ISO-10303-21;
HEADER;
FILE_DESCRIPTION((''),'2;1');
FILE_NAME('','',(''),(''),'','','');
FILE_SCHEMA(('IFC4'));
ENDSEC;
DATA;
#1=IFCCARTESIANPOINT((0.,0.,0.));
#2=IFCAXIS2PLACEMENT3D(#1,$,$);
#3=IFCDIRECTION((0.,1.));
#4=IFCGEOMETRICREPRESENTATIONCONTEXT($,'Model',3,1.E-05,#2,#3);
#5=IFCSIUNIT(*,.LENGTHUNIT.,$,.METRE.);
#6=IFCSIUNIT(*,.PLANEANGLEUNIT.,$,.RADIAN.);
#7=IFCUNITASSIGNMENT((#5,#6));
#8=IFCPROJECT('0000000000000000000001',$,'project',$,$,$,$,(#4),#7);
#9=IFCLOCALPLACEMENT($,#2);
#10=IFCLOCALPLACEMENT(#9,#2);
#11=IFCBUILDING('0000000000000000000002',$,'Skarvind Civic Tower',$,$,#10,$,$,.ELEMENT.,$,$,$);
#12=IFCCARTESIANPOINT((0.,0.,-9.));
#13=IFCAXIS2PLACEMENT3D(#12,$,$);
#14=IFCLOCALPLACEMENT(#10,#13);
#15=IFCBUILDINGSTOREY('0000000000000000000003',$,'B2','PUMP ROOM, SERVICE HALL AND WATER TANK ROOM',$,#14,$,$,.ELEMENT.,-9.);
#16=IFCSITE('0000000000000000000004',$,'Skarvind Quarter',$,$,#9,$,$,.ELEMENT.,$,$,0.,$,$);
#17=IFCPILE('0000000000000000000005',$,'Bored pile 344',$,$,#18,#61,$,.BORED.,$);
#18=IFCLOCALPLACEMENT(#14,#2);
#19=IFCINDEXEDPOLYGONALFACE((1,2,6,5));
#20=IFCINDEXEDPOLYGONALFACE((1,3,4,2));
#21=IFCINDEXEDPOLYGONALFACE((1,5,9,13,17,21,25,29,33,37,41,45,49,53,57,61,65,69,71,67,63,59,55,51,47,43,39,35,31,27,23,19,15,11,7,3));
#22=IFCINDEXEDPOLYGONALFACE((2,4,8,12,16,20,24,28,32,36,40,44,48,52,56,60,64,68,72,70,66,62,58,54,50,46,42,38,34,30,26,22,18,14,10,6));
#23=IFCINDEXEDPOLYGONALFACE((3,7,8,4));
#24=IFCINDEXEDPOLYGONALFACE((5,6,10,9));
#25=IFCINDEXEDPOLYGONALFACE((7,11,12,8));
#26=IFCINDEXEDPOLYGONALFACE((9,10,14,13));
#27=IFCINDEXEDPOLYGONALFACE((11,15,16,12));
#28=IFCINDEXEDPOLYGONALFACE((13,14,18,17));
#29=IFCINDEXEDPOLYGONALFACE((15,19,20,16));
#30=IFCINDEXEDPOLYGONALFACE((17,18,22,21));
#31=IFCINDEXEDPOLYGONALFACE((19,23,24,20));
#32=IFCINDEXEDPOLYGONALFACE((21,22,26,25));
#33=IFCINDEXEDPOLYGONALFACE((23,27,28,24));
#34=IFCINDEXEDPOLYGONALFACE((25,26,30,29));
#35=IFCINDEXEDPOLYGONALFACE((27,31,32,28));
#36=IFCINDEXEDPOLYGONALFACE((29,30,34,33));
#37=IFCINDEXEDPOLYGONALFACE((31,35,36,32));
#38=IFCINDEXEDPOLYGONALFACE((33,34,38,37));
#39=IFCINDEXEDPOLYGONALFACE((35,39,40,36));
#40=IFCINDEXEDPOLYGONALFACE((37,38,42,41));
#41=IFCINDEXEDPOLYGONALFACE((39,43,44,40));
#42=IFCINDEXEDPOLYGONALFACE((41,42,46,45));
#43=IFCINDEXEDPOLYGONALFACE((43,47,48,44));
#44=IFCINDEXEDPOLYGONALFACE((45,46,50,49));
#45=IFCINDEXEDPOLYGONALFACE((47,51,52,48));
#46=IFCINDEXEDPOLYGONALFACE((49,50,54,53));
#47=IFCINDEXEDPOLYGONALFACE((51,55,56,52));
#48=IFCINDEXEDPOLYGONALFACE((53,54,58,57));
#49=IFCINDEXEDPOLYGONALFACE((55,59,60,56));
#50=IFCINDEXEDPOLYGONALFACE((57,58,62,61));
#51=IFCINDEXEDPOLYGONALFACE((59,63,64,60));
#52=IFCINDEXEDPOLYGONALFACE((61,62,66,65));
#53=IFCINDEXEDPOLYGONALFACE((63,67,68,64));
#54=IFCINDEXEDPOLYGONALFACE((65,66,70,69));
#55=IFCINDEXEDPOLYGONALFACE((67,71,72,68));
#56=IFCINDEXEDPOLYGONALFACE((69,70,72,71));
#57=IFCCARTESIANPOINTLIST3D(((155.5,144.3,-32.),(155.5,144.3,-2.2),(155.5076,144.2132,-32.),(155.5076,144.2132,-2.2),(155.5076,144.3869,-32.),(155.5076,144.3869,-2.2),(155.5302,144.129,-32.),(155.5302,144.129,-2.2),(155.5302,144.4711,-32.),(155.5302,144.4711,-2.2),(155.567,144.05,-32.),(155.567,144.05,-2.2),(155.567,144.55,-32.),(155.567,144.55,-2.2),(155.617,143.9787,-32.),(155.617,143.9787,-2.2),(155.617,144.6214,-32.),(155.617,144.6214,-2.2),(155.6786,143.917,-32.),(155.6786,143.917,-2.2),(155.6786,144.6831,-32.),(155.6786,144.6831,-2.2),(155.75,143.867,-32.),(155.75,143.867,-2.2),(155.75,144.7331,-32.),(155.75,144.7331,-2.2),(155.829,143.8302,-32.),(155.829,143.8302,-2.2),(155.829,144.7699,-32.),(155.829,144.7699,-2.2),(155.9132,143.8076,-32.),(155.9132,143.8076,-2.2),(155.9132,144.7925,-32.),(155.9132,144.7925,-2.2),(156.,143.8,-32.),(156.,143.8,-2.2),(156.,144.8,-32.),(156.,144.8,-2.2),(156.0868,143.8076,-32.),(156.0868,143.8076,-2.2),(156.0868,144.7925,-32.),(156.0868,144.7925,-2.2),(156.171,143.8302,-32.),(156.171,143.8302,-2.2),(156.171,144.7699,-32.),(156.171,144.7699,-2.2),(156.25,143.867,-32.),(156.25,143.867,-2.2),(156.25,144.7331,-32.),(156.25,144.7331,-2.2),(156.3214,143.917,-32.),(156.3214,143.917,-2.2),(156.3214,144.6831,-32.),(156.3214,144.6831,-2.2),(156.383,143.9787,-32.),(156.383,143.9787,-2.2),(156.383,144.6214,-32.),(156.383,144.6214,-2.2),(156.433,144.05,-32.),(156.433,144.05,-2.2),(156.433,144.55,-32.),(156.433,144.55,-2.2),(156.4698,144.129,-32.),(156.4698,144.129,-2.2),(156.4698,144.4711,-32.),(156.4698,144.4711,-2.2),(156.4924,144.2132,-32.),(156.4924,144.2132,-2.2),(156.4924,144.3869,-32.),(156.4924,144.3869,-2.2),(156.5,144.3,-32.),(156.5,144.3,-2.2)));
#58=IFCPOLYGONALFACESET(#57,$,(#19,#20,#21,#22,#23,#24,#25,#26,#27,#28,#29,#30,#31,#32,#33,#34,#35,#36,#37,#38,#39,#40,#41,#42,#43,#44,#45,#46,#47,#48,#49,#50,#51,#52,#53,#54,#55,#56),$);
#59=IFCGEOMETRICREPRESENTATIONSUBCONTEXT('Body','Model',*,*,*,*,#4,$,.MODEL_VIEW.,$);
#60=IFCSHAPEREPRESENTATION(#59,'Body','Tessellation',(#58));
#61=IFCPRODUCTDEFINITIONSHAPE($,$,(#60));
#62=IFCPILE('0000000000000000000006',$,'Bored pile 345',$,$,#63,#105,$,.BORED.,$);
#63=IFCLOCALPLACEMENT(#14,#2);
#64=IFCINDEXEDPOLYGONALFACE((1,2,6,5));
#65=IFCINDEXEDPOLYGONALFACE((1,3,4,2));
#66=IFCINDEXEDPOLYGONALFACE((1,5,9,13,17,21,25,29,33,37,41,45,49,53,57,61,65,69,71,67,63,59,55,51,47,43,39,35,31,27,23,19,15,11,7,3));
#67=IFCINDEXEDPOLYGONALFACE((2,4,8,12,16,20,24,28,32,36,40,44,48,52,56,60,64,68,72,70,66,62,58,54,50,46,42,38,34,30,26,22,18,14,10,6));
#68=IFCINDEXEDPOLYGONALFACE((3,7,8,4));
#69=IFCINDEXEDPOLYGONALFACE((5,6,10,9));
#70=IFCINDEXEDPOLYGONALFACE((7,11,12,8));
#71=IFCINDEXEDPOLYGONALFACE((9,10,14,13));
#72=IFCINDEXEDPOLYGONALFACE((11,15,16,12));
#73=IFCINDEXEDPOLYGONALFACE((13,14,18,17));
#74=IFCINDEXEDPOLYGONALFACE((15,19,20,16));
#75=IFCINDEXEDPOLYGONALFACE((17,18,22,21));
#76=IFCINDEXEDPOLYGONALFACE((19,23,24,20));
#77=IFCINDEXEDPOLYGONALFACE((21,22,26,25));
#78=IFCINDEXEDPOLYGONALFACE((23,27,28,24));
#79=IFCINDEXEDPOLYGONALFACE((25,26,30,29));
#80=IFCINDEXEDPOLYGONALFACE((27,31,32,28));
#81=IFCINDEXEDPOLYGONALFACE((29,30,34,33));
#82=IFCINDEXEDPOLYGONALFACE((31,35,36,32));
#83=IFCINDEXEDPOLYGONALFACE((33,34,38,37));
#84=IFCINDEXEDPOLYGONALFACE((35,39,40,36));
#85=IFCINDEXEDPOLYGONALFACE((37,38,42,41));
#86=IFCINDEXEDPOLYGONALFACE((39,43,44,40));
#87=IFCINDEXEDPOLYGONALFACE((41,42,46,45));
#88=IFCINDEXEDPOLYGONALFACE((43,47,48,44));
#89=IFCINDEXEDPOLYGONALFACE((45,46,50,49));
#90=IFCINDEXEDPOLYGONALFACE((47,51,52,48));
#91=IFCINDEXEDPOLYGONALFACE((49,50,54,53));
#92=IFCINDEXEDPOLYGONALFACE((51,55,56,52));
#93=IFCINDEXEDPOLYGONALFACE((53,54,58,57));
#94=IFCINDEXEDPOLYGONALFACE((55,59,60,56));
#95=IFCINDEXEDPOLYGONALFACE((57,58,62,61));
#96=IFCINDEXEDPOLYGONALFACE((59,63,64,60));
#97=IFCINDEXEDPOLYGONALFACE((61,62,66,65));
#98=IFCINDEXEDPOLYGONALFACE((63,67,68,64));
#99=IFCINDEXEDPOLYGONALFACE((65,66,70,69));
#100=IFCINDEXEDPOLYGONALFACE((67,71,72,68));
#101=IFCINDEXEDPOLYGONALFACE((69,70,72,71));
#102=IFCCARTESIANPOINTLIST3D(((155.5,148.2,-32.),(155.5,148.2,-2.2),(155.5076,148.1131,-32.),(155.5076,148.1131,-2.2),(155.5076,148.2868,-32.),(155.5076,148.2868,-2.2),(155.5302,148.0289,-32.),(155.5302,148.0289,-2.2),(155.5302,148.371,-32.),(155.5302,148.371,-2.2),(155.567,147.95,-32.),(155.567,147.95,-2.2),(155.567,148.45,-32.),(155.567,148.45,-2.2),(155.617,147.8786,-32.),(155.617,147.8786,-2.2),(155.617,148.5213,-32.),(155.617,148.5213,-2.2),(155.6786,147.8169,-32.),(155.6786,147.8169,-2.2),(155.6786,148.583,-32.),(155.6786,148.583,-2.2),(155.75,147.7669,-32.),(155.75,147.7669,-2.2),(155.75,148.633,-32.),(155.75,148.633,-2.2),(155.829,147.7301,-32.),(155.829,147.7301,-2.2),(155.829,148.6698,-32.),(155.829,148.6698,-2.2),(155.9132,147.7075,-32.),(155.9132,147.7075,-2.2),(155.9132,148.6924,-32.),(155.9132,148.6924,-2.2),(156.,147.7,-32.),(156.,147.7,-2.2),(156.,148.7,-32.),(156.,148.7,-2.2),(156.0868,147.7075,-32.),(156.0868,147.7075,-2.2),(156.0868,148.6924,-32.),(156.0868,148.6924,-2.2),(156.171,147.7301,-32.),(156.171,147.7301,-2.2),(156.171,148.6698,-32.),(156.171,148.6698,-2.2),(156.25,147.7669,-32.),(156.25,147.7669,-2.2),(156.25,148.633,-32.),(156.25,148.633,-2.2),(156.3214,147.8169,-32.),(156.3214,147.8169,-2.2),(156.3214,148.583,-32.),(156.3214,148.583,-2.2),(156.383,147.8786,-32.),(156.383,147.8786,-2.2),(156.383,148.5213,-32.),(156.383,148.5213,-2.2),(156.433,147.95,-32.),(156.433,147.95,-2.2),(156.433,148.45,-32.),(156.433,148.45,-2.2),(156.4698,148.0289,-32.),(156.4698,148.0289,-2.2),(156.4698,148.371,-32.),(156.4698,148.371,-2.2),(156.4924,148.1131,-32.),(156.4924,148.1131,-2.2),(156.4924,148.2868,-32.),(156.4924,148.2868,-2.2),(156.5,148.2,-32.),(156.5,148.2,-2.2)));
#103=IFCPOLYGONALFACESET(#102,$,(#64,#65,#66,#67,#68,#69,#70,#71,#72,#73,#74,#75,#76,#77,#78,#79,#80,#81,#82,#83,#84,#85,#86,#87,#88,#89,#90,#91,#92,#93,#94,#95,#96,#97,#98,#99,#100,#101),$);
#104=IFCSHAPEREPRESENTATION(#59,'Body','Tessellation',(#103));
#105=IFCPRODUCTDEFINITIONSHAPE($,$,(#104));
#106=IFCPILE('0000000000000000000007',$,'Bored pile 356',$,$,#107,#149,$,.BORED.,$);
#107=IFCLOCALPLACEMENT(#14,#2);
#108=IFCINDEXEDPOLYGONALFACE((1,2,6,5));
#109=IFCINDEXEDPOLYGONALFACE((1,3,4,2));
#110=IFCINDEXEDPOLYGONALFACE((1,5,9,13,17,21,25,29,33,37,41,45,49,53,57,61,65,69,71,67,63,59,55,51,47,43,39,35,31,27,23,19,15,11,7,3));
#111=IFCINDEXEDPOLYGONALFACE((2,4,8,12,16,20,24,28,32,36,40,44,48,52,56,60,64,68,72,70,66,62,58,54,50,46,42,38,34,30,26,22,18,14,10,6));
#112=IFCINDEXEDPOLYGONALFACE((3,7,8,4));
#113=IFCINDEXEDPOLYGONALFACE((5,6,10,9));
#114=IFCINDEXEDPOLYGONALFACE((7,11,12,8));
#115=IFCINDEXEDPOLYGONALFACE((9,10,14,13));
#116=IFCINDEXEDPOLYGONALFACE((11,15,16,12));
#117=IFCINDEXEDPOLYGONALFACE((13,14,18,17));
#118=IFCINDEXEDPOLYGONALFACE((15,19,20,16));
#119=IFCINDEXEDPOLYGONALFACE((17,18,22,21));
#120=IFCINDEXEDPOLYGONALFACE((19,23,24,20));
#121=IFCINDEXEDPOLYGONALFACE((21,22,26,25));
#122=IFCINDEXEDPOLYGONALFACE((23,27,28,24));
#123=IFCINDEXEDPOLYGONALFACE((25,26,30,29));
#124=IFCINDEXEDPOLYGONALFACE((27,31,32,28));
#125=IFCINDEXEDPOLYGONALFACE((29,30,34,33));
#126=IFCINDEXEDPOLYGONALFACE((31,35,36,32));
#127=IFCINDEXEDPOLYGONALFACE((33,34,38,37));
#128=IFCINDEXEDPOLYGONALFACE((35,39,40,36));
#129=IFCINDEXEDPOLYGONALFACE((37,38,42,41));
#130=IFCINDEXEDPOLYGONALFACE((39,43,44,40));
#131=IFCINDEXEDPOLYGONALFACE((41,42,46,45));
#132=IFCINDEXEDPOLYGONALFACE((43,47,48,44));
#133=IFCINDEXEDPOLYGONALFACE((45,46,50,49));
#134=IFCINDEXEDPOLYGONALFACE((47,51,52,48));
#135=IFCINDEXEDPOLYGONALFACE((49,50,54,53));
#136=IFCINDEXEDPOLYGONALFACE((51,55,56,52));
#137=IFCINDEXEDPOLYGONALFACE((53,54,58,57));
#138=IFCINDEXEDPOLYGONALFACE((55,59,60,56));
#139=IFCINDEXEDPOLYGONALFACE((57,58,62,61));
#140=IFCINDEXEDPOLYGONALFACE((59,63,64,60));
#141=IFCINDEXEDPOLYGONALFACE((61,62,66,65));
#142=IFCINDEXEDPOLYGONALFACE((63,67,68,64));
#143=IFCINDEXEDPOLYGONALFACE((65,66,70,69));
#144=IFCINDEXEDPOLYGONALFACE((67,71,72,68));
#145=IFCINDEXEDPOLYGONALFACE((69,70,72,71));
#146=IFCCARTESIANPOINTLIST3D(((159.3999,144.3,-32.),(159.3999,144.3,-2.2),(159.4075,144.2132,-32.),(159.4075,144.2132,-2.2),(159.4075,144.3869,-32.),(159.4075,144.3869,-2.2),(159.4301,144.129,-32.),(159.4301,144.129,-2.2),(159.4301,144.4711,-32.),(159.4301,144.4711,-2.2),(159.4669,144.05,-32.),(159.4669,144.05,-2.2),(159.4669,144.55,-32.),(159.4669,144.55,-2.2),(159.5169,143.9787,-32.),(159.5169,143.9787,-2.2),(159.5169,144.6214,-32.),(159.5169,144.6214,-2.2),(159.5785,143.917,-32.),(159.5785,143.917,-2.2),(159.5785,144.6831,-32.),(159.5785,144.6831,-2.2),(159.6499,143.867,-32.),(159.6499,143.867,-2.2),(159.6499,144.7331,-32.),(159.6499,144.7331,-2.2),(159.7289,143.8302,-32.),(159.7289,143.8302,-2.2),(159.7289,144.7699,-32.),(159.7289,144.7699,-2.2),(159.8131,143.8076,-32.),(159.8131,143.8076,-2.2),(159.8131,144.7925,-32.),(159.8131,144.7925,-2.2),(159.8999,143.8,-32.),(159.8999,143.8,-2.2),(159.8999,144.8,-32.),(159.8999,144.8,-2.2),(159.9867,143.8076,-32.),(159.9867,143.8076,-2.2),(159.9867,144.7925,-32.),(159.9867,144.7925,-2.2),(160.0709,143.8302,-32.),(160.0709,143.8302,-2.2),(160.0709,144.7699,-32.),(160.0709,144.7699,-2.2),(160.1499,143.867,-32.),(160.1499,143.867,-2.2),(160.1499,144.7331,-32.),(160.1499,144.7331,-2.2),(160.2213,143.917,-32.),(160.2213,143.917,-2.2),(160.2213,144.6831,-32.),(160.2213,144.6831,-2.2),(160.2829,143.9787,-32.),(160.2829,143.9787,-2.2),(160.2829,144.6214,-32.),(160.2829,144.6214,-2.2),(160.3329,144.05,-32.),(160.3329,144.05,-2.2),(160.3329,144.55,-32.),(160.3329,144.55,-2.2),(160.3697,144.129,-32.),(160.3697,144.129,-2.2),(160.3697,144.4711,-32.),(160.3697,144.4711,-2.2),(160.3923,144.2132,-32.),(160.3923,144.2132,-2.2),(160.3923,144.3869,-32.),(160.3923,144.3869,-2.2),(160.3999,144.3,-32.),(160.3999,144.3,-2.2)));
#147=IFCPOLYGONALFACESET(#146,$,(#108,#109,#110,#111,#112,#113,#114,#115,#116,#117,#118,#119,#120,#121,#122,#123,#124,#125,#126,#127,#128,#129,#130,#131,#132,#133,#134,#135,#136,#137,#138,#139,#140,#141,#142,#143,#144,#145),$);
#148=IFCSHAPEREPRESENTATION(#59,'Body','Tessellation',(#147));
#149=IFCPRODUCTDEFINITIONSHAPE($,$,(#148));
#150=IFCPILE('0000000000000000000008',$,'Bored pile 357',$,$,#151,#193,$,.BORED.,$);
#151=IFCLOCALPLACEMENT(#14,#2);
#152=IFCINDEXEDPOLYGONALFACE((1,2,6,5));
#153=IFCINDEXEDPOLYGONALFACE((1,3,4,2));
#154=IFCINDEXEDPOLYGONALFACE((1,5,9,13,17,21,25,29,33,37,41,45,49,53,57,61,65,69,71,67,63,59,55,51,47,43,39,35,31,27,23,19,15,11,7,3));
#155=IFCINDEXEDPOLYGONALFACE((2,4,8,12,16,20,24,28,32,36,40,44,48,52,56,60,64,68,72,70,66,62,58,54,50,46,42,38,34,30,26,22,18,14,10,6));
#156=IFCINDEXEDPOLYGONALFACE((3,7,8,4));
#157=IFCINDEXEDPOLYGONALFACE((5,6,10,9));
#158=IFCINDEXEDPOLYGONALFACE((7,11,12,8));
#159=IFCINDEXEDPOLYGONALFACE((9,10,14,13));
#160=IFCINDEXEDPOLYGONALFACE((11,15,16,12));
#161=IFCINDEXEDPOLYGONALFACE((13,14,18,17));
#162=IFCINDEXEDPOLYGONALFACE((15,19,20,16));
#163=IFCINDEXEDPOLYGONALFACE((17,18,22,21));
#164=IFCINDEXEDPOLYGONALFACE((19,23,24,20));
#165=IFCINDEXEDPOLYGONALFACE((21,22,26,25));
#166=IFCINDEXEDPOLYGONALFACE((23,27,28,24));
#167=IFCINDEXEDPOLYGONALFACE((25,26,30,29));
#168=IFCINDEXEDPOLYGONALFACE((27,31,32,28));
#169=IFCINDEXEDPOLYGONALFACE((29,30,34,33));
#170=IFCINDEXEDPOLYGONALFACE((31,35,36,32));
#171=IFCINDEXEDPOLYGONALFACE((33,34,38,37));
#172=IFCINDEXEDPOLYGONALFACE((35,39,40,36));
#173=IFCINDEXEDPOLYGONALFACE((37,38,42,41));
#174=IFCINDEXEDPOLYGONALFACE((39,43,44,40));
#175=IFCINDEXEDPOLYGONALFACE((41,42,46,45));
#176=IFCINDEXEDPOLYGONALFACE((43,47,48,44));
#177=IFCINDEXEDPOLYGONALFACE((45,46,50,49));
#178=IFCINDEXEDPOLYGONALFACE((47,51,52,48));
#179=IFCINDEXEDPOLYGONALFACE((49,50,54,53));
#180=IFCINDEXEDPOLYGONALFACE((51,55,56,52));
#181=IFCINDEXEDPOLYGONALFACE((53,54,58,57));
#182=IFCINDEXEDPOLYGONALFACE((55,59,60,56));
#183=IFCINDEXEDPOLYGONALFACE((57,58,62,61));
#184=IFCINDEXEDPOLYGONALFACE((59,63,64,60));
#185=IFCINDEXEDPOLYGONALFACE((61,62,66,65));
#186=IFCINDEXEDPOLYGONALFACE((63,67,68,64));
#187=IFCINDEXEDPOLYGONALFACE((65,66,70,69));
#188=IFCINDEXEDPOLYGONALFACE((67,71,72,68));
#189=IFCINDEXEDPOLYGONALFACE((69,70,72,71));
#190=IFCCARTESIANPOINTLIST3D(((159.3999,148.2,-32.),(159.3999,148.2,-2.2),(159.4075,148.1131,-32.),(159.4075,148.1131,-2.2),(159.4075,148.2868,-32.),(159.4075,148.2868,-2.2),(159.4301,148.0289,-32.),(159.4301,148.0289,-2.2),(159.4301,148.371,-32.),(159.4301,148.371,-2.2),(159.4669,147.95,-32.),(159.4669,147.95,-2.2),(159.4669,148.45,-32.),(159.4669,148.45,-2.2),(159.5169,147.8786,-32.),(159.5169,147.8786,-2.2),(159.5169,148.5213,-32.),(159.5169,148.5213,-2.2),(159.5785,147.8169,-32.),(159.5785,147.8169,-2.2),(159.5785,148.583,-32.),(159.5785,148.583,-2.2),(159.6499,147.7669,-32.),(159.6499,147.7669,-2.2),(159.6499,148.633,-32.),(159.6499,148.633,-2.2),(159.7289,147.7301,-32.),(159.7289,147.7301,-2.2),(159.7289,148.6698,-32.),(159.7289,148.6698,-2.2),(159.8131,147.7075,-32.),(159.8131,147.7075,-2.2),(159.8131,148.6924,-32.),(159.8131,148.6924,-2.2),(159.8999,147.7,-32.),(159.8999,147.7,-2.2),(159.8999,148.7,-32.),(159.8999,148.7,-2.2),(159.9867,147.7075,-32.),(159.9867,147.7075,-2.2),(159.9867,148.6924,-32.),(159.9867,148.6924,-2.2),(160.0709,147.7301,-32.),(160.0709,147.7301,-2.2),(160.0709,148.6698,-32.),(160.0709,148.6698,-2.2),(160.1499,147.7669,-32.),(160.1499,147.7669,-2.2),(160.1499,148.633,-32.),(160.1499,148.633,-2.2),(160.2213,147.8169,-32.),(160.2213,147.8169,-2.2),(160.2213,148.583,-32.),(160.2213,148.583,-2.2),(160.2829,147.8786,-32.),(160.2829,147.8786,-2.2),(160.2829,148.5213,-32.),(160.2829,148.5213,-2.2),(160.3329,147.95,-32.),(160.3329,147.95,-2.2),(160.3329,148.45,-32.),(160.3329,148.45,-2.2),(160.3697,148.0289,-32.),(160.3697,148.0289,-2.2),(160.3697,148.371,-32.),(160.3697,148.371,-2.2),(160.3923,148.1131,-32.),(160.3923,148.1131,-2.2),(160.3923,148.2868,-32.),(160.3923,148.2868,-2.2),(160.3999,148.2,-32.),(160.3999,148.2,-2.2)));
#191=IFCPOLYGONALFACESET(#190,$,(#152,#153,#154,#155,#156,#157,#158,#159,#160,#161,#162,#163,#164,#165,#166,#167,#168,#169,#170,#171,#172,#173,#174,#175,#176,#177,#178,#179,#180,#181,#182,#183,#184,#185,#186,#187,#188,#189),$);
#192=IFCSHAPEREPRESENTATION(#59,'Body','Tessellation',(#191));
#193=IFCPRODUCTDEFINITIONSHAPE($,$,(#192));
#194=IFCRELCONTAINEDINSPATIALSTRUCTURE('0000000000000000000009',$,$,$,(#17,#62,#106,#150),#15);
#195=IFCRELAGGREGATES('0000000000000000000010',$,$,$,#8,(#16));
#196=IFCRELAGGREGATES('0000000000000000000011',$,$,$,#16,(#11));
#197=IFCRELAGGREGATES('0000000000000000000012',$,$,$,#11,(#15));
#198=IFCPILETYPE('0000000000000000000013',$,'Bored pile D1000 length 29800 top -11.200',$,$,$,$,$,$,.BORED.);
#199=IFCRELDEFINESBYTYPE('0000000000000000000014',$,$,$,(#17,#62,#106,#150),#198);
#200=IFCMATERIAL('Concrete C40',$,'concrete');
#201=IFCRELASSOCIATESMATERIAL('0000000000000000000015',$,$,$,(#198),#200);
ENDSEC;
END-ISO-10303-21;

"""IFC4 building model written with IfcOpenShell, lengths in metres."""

from ifc_helpers import new_model, si_unit, direction, frame, origin, origin_2d, place, context, subcontext, project, spatial, circle, extrude, material, type_object, element, save


model = new_model("IFC4")

# Units and contexts
model_context = context("Model", 3, precision=1e-05, world=origin(), true_north=direction((0.0, 1.0)))
body_context = subcontext(model_context, "Body", "Model", "MODEL_VIEW")
ifc_project = project(units=[si_unit("LENGTHUNIT", "METRE"), si_unit("PLANEANGLEUNIT", "RADIAN")], contexts=[model_context])

# Site, building, storey
site_placement = place(None, origin())
site = spatial("IfcSite", under=ifc_project, at=site_placement, Name="Skarvind Quarter", CompositionType="ELEMENT", RefElevation=0.0)
building_placement = place(site_placement, origin())
building = spatial("IfcBuilding", under=site, at=building_placement, Name="Skarvind Civic Tower", CompositionType="ELEMENT")
storey_placement = place(building_placement, frame((0.0, 0.0, -9.0)))
storey = spatial("IfcBuildingStorey", under=building, at=storey_placement, Name="B2", Description="PUMP ROOM, SERVICE HALL AND WATER TANK ROOM", CompositionType="ELEMENT", Elevation=-9.0)

# Piles
ifc_material_1 = material(Name="Concrete C40", Category="concrete")
pile_type_1 = type_object("IfcPileType", Name="Bored pile D1000 length 29800 top -11.200", PredefinedType="BORED", material=ifc_material_1)
for number, where, z_axis, x_axis, name in (
    (1, (156.0, 144.3, -2.2), (0.0, 0.0, -1.0), (1.0, 0.0, 0.0), "Bored pile 344"),
    (2, (156.0, 148.2, -2.2), (0.0, 0.0, -1.0), (1.0, 0.0, 0.0), "Bored pile 345"),
    (3, (159.8999, 144.3, -2.2), (0.0, 0.0, -1.0), (1.0, 0.0, 0.0), "Bored pile 356"),
    (4, (159.8999, 148.2, -2.2), (0.0, 0.0, -1.0), (1.0, 0.0, 0.0), "Bored pile 357"),
):
    element("IfcPile", number, at=place(storey_placement, frame(where, z_axis=z_axis, x_axis=x_axis)), inside=storey, type_object=pile_type_1, Name=name, PredefinedType="BORED", context=body_context, shape_type="SweptSolid", body=[
        extrude(circle(Radius=0.5, at=origin_2d()), origin(), (0.0, 0.0, 1.0), 29.8),
    ])

save(model, "model.ifc")
